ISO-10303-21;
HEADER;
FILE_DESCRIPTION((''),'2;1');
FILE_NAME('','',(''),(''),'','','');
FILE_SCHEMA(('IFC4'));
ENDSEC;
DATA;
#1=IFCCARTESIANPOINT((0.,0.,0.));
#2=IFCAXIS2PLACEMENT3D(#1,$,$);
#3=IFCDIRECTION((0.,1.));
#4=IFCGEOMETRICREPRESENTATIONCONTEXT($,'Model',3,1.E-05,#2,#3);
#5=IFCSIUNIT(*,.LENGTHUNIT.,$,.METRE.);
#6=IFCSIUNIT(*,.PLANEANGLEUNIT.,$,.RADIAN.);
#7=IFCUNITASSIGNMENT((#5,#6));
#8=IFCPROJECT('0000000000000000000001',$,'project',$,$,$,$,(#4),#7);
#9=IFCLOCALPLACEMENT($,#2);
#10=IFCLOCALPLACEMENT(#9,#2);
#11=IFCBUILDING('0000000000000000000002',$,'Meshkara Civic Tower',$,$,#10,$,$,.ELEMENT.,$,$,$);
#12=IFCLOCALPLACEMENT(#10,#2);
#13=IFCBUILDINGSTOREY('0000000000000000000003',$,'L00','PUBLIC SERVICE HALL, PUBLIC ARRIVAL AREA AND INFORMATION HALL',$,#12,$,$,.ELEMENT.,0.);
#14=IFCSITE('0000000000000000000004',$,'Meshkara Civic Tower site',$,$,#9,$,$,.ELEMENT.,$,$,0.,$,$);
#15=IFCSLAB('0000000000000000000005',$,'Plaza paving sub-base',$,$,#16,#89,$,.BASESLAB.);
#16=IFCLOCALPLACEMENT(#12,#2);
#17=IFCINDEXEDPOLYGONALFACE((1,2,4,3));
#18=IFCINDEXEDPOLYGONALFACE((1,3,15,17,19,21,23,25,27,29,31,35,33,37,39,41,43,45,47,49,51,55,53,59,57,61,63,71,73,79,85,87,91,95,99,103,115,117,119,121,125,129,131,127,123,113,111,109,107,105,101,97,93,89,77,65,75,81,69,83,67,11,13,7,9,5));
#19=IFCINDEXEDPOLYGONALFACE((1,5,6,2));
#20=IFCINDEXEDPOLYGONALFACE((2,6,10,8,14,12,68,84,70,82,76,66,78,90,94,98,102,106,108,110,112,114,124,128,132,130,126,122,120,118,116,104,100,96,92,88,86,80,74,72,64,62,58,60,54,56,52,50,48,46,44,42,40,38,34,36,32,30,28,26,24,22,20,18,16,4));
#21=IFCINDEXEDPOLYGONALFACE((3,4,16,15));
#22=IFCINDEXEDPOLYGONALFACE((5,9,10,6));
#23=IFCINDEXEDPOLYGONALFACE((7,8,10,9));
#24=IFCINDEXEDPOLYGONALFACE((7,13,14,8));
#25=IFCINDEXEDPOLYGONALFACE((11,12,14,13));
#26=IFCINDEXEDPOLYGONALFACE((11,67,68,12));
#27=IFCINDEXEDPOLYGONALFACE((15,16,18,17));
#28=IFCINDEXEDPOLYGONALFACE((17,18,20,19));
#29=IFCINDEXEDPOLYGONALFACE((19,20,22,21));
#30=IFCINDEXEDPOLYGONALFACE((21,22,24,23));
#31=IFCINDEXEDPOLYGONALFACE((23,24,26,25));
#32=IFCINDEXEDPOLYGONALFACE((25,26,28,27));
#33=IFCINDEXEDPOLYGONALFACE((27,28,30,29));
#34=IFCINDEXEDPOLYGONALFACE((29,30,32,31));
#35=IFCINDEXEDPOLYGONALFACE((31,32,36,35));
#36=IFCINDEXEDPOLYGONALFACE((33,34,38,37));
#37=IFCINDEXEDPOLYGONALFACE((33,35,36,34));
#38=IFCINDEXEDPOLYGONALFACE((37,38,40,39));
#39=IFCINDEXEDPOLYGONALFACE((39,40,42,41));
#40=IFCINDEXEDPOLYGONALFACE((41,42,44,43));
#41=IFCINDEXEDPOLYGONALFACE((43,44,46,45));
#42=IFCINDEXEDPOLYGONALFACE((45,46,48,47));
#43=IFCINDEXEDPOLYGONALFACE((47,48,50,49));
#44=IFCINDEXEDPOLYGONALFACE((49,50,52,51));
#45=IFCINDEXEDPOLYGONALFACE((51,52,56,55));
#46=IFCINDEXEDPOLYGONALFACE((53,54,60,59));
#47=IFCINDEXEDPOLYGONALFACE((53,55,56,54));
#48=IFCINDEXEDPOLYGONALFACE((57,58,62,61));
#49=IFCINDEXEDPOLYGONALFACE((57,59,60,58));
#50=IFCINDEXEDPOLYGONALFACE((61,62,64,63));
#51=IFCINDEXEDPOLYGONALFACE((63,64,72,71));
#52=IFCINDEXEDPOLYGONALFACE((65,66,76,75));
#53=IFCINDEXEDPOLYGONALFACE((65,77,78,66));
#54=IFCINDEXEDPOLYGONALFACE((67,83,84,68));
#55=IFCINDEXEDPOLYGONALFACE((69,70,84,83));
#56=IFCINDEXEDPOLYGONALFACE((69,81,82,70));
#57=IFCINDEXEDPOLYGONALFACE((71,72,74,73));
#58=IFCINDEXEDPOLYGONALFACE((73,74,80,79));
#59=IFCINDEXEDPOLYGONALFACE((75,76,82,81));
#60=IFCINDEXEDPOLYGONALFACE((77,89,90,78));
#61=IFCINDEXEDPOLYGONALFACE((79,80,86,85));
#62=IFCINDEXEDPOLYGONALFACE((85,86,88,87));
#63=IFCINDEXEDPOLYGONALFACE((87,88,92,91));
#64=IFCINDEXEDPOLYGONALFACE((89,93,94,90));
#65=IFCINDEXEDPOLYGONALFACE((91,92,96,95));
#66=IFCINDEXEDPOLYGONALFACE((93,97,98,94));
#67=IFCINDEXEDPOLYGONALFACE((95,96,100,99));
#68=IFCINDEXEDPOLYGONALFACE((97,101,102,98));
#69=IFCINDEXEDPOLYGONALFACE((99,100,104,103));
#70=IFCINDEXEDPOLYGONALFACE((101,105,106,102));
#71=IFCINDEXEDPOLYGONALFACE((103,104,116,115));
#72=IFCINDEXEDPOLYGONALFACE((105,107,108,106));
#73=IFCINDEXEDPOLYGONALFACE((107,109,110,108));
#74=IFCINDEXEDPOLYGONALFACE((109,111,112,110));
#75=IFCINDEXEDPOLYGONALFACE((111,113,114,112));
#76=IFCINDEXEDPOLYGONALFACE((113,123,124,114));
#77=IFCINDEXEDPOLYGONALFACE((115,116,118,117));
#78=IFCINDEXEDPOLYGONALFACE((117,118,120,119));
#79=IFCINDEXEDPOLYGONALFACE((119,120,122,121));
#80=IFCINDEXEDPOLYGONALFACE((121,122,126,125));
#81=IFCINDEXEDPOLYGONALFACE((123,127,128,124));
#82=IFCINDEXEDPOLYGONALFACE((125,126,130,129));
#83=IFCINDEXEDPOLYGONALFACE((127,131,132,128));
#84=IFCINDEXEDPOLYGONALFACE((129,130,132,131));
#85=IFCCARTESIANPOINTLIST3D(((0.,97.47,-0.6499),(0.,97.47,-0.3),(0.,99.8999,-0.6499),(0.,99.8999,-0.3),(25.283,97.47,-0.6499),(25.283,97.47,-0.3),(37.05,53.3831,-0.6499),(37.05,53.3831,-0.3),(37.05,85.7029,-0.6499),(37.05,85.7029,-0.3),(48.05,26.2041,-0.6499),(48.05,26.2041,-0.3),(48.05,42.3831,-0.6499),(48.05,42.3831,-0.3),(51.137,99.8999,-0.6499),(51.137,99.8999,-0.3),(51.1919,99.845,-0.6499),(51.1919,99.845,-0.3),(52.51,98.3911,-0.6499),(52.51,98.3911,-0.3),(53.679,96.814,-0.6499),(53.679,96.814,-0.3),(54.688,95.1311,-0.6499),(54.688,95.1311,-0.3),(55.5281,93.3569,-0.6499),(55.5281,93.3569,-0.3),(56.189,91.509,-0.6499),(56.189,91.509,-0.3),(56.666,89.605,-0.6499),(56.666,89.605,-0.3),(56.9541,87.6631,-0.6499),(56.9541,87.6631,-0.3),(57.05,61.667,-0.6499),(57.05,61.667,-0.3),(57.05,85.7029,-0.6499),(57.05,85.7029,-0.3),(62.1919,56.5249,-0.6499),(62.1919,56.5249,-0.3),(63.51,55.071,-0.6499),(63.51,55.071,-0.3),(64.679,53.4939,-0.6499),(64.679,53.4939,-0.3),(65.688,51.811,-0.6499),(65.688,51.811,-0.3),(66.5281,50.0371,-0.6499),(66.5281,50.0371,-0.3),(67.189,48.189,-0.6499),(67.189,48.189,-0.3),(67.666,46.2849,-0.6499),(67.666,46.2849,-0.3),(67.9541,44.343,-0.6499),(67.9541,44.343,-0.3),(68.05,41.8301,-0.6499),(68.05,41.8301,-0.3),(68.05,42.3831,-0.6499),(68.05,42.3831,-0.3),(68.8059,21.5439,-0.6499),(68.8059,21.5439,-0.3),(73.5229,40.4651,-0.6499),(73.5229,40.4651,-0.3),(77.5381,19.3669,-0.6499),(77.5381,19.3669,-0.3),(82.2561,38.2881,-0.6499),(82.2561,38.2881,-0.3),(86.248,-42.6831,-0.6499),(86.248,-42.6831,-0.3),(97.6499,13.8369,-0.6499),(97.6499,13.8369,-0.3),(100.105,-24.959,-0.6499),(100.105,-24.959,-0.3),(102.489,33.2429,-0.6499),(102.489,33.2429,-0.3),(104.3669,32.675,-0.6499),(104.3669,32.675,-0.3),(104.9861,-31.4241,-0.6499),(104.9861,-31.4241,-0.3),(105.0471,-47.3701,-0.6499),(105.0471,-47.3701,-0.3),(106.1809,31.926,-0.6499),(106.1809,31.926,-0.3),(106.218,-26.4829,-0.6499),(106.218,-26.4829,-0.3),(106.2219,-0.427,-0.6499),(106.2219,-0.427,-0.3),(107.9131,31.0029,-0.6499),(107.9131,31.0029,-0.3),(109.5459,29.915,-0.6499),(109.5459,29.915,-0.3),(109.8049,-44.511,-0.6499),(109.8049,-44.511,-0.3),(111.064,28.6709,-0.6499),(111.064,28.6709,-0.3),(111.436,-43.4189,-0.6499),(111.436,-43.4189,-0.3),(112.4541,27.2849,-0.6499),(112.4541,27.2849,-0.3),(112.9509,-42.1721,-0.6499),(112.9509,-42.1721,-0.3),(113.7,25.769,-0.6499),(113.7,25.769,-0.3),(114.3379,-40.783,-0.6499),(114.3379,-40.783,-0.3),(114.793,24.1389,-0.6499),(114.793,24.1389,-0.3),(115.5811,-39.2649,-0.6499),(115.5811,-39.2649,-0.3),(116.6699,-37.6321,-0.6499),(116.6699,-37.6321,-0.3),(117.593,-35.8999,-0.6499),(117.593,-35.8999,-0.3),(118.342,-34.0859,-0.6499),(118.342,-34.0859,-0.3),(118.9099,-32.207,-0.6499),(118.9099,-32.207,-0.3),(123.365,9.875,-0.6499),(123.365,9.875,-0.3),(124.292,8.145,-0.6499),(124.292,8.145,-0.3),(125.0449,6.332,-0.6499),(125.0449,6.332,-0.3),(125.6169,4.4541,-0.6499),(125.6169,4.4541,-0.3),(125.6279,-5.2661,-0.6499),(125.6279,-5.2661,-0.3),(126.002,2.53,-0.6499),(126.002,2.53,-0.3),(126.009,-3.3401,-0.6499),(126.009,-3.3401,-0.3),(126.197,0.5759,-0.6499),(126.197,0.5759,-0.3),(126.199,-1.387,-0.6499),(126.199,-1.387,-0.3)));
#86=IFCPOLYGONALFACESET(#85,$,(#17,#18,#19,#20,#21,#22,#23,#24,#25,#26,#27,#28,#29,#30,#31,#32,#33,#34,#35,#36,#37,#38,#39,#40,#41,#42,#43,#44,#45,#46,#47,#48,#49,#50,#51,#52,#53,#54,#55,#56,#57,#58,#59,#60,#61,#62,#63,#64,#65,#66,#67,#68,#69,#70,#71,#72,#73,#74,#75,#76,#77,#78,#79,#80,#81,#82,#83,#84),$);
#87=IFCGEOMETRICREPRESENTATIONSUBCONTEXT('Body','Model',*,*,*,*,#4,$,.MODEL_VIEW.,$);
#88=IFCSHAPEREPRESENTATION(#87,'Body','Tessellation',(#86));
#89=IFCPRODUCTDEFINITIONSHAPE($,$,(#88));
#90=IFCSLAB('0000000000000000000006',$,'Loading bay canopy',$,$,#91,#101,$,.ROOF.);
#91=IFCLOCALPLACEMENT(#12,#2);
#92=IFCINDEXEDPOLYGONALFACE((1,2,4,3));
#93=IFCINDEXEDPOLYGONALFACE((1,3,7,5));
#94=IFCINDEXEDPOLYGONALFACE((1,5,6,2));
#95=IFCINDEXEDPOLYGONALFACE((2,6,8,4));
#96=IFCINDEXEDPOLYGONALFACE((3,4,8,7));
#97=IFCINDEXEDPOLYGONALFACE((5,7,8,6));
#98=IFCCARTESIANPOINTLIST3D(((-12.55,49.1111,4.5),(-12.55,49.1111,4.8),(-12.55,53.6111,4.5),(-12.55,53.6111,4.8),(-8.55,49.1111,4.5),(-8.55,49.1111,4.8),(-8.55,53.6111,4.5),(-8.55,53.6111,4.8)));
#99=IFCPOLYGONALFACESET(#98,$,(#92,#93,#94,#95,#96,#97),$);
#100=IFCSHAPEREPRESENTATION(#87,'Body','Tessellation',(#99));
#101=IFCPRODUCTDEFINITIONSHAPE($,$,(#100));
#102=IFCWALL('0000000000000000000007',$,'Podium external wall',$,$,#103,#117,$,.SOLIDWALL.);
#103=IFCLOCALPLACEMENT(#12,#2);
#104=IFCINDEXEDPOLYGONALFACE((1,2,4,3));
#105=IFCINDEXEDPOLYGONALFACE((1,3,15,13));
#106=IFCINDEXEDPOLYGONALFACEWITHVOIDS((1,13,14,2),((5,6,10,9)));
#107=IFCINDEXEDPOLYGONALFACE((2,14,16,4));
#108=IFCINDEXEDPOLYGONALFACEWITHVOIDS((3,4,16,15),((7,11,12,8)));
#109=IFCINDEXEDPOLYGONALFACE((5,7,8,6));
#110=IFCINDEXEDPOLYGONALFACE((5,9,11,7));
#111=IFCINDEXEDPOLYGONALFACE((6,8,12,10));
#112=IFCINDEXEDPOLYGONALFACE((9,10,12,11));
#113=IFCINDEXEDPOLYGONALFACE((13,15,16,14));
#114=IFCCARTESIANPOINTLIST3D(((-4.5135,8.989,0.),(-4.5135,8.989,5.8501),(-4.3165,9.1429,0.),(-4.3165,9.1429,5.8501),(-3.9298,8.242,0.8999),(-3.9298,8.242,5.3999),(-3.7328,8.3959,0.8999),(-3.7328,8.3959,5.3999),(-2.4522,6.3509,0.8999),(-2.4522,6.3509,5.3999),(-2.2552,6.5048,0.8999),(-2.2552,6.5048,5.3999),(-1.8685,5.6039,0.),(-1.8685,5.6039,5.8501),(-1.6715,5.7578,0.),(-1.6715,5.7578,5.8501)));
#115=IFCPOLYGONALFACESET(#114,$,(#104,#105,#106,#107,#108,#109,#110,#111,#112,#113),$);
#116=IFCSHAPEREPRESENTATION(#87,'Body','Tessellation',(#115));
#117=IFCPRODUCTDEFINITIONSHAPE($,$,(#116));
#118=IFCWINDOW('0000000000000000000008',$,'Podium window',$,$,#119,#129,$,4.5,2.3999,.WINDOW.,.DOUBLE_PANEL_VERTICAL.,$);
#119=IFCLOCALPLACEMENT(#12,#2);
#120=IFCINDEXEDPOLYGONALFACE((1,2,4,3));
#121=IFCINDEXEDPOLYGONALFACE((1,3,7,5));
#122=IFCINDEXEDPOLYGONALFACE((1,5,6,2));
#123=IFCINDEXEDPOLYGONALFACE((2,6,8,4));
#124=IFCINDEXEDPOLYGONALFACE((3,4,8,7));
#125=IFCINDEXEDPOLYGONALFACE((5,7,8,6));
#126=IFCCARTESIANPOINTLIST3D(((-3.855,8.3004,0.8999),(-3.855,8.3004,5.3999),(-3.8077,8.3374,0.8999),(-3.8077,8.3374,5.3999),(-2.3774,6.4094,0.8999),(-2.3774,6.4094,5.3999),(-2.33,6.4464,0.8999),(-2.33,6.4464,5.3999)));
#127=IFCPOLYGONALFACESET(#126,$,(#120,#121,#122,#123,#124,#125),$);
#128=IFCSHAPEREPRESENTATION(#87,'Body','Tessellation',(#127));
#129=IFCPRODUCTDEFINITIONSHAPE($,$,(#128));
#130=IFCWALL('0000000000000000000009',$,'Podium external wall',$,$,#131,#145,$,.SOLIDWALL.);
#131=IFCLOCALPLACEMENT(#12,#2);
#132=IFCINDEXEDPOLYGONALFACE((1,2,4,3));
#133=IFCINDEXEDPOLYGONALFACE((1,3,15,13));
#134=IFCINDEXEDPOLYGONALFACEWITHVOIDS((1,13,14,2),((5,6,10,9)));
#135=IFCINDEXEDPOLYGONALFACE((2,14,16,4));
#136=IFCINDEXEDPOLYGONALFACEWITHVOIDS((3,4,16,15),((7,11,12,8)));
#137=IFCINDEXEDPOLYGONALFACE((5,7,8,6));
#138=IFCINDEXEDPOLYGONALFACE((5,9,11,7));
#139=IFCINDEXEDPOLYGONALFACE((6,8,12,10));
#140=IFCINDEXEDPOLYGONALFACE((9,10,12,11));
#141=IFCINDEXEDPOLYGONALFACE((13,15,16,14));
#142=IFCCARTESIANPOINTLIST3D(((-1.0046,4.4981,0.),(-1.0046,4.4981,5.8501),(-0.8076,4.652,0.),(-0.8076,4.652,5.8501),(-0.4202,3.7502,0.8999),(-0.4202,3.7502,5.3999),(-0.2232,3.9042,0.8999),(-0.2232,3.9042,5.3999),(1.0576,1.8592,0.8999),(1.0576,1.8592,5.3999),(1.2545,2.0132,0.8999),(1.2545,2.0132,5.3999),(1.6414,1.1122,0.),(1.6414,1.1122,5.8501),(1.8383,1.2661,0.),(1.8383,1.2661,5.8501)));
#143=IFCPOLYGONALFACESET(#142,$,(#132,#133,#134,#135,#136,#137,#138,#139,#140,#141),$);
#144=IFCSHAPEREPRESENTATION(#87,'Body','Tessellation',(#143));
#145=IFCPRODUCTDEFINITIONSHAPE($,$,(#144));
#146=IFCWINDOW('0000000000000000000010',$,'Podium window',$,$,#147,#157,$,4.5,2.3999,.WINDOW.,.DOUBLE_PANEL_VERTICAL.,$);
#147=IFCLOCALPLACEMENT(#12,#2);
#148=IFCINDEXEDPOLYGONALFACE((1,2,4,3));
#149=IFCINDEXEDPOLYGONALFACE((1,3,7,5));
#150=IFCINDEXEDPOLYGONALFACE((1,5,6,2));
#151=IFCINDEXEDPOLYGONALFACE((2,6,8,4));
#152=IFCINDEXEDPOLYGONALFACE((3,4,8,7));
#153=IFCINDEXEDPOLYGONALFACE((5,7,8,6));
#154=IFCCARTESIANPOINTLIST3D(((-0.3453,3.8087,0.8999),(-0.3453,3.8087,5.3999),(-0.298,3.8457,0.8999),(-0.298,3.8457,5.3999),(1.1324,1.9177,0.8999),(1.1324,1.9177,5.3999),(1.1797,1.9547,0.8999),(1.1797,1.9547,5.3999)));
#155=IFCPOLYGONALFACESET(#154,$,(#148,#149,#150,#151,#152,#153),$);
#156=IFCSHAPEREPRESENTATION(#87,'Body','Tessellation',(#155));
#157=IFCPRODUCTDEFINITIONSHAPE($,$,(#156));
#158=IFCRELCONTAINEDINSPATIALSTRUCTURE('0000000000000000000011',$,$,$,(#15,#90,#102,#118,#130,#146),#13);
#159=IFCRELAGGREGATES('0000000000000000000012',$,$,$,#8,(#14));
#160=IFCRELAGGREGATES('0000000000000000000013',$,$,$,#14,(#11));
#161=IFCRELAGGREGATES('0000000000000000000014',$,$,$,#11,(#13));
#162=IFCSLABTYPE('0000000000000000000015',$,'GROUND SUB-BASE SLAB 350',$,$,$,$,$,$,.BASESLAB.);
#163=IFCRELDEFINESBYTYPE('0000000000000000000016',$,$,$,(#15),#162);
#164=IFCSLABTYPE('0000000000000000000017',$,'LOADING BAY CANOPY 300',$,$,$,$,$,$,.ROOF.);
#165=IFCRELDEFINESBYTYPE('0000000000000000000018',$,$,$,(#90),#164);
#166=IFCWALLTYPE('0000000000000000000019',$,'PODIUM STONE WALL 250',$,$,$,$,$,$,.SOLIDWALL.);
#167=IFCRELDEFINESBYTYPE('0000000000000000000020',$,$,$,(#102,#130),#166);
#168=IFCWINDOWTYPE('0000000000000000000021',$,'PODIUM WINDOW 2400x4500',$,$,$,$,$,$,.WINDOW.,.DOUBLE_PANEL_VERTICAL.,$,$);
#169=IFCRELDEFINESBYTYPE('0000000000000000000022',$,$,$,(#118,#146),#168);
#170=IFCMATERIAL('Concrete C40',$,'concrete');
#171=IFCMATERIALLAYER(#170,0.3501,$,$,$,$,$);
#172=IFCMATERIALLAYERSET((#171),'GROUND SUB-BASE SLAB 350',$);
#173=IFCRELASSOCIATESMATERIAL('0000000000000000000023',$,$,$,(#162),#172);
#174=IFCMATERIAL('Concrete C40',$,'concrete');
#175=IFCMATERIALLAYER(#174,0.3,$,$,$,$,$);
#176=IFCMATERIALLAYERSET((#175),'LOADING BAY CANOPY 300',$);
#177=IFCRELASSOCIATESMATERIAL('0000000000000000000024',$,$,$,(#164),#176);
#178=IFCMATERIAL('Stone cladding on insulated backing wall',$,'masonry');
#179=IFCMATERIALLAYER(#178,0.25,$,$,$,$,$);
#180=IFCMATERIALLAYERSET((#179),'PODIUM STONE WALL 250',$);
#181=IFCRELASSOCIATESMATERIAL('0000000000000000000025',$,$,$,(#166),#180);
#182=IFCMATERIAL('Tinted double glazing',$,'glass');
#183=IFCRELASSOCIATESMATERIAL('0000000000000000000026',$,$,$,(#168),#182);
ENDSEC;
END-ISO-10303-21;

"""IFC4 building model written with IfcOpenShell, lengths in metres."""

from ifc_helpers import new_model, si_unit, direction, frame, frame_2d, origin, place, context, subcontext, project, spatial, polyline, rectangle, outline, extrude, material, layer, layer_set, type_object, element, fill, save


model = new_model("IFC4")

# Units and contexts
model_context = context("Model", 3, precision=1e-05, world=origin(), true_north=direction((0.0, 1.0)))
body_context = subcontext(model_context, "Body", "Model", "MODEL_VIEW")
ifc_project = project(units=[si_unit("LENGTHUNIT", "METRE"), si_unit("PLANEANGLEUNIT", "RADIAN")], contexts=[model_context])

# Site, building, storey
site_placement = place(None, origin())
site = spatial("IfcSite", under=ifc_project, at=site_placement, Name="Meshkara Civic Tower site", CompositionType="ELEMENT", RefElevation=0.0)
building_placement = place(site_placement, origin())
building = spatial("IfcBuilding", under=site, at=building_placement, Name="Meshkara Civic Tower", CompositionType="ELEMENT")
storey_placement = place(building_placement, origin())
storey = spatial("IfcBuildingStorey", under=building, at=storey_placement, Name="L00", Description="PUBLIC SERVICE HALL, PUBLIC ARRIVAL AREA AND INFORMATION HALL", CompositionType="ELEMENT", Elevation=0.0)

# Slabs
ifc_material_1 = material(Name="Concrete C40", Category="concrete")
ifc_layer_1 = layer(ifc_material_1, 0.3501)
ifc_layer_set_1 = layer_set([ifc_layer_1], Name="GROUND SUB-BASE SLAB 350")
slab_type_1 = type_object("IfcSlabType", Name="GROUND SUB-BASE SLAB 350", PredefinedType="BASESLAB", material=ifc_layer_set_1)
slab_1_placement = place(storey_placement, frame((0.0, 0.0, -0.6499)))
element("IfcSlab", 1, at=slab_1_placement, inside=storey, type_object=slab_type_1, Name="Plaza paving sub-base", PredefinedType="BASESLAB", context=body_context, shape_type="SweptSolid", body=[
    extrude(outline(polyline([(64.679, 53.4939), (65.688, 51.811), (66.5281, 50.0371), (67.189, 48.189), (67.666, 46.2849), (67.9541, 44.343), (68.05, 42.3831), (68.05, 41.8301), (73.5229, 40.4651), (68.8059, 21.5439), (77.5381, 19.3669), (82.2561, 38.2881), (102.489, 33.2429), (104.3669, 32.675), (106.1809, 31.926), (107.9131, 31.0029), (109.5459, 29.915), (111.064, 28.6709), (112.4541, 27.2849), (113.7, 25.769), (114.793, 24.1389), (123.365, 9.875), (124.292, 8.145), (125.0449, 6.332), (125.6169, 4.4541), (126.002, 2.53), (126.197, 0.5759), (126.199, -1.387), (126.009, -3.3401), (125.6279, -5.2661), (118.9099, -32.207), (118.342, -34.0859), (117.593, -35.8999), (116.6699, -37.6321), (115.5811, -39.2649), (114.3379, -40.783), (112.9509, -42.1721), (111.436, -43.4189), (109.8049, -44.511), (105.0471, -47.3701), (86.248, -42.6831), (104.9861, -31.4241), (106.218, -26.4829), (100.105, -24.959), (106.2219, -0.427), (97.6499, 13.8369), (48.05, 26.2041), (48.05, 42.3831), (37.05, 53.3831), (37.05, 85.7029), (25.283, 97.47), (0.0, 97.47), (0.0, 99.8999), (51.137, 99.8999), (51.1919, 99.845), (52.51, 98.3911), (53.679, 96.814), (54.688, 95.1311), (55.5281, 93.3569), (56.189, 91.509), (56.666, 89.605), (56.9541, 87.6631), (57.05, 85.7029), (57.05, 61.667), (62.1919, 56.5249), (63.51, 55.071), (64.679, 53.4939)])), origin(), (0.0, 0.0, 1.0), 0.3499),
])
ifc_material_2 = material(Name="Concrete C40", Category="concrete")
ifc_layer_2 = layer(ifc_material_2, 0.3)
ifc_layer_set_2 = layer_set([ifc_layer_2], Name="LOADING BAY CANOPY 300")
slab_type_2 = type_object("IfcSlabType", Name="LOADING BAY CANOPY 300", PredefinedType="ROOF", material=ifc_layer_set_2)
slab_2_placement = place(storey_placement, frame((0.0, 0.0, 4.5)))
element("IfcSlab", 2, at=slab_2_placement, inside=storey, type_object=slab_type_2, Name="Loading bay canopy", PredefinedType="ROOF", context=body_context, shape_type="SweptSolid", body=[
    extrude(outline(polyline([(-8.55, 53.6111), (-8.55, 49.1111), (-12.55, 49.1111), (-12.55, 53.6111), (-8.55, 53.6111)])), origin(), (0.0, 0.0, 1.0), 0.3),
])

# Walls, openings, windows
ifc_material_3 = material(Name="Stone cladding on insulated backing wall", Category="masonry")
ifc_layer_3 = layer(ifc_material_3, 0.25)
ifc_layer_set_3 = layer_set([ifc_layer_3], Name="PODIUM STONE WALL 250")
wall_type = type_object("IfcWallType", Name="PODIUM STONE WALL 250", PredefinedType="SOLIDWALL", material=ifc_layer_set_3)
wall_1_placement = place(storey_placement, frame((-4.415, 9.0659, 0.0), z_axis=(0.0, 0.0, 1.0), x_axis=(0.615714, -0.78797, 0.0)))
wall_1 = element("IfcWall", 3, at=wall_1_placement, inside=storey, type_object=wall_type, Name="Podium external wall", PredefinedType="SOLIDWALL", context=body_context, shape_type="SweptSolid", body=[
    extrude(rectangle(XDim=4.2959, YDim=0.25, at=frame_2d((2.1479, 0.0))), origin(), (0.0, 0.0, 1.0), 5.8501),
])
opening_1_placement = place(wall_1_placement, frame((0.948, 0.0, 0.8999)))
opening_1 = element("IfcOpeningElement", 4, at=opening_1_placement, cuts=wall_1, PredefinedType="OPENING", context=body_context, shape_type="SweptSolid", body=[
    extrude(rectangle(XDim=2.3999, YDim=4.5, at=frame_2d((1.2, 2.25))), frame((0.0, 0.135, 0.0), z_axis=(0.0, -1.0, 0.0), x_axis=(1.0, 0.0, 0.0)), (0.0, 0.0, 1.0), 0.27),
])
ifc_material_4 = material(Name="Tinted double glazing", Category="glass")
window_type = type_object("IfcWindowType", Name="PODIUM WINDOW 2400x4500", PartitioningType="DOUBLE_PANEL_VERTICAL", PredefinedType="WINDOW", material=ifc_material_4)
window_1_placement = place(opening_1_placement, origin())
window_1 = element("IfcWindow", 5, at=window_1_placement, inside=storey, type_object=window_type, Name="Podium window", OverallHeight=4.5, OverallWidth=2.3999, PartitioningType="DOUBLE_PANEL_VERTICAL", PredefinedType="WINDOW", context=body_context, shape_type="SweptSolid", body=[
    extrude(rectangle(XDim=2.3999, YDim=4.5, at=frame_2d((1.2, 2.25))), frame((0.0, 0.03, 0.0), z_axis=(0.0, -1.0, 0.0), x_axis=(1.0, 0.0, 0.0)), (0.0, 0.0, 1.0), 0.0601),
])
fill(opening_1, window_1)
wall_2_placement = place(storey_placement, frame((-0.906, 4.575, 0.0), z_axis=(0.0, 0.0, 1.0), x_axis=(0.615744, -0.787946, 0.0)))
wall_2 = element("IfcWall", 6, at=wall_2_placement, inside=storey, type_object=wall_type, Name="Podium external wall", PredefinedType="SOLIDWALL", context=body_context, shape_type="SweptSolid", body=[
    extrude(rectangle(XDim=4.2971, YDim=0.25, at=frame_2d((2.1484, 0.0))), origin(), (0.0, 0.0, 1.0), 5.8501),
])
opening_2_placement = place(wall_2_placement, frame((0.949, 0.0, 0.8999)))
opening_2 = element("IfcOpeningElement", 7, at=opening_2_placement, cuts=wall_2, PredefinedType="OPENING", context=body_context, shape_type="SweptSolid", body=[
    extrude(rectangle(XDim=2.3999, YDim=4.5, at=frame_2d((1.2, 2.25))), frame((0.0, 0.135, 0.0), z_axis=(0.0, -1.0, 0.0), x_axis=(1.0, 0.0, 0.0)), (0.0, 0.0, 1.0), 0.27),
])
window_2_placement = place(opening_2_placement, origin())
window_2 = element("IfcWindow", 8, at=window_2_placement, inside=storey, type_object=window_type, Name="Podium window", OverallHeight=4.5, OverallWidth=2.3999, PartitioningType="DOUBLE_PANEL_VERTICAL", PredefinedType="WINDOW", context=body_context, shape_type="SweptSolid", body=[
    extrude(rectangle(XDim=2.3999, YDim=4.5, at=frame_2d((1.2, 2.25))), frame((0.0, 0.03, 0.0), z_axis=(0.0, -1.0, 0.0), x_axis=(1.0, 0.0, 0.0)), (0.0, 0.0, 1.0), 0.0601),
])
fill(opening_2, window_2)

save(model, "model.ifc")
